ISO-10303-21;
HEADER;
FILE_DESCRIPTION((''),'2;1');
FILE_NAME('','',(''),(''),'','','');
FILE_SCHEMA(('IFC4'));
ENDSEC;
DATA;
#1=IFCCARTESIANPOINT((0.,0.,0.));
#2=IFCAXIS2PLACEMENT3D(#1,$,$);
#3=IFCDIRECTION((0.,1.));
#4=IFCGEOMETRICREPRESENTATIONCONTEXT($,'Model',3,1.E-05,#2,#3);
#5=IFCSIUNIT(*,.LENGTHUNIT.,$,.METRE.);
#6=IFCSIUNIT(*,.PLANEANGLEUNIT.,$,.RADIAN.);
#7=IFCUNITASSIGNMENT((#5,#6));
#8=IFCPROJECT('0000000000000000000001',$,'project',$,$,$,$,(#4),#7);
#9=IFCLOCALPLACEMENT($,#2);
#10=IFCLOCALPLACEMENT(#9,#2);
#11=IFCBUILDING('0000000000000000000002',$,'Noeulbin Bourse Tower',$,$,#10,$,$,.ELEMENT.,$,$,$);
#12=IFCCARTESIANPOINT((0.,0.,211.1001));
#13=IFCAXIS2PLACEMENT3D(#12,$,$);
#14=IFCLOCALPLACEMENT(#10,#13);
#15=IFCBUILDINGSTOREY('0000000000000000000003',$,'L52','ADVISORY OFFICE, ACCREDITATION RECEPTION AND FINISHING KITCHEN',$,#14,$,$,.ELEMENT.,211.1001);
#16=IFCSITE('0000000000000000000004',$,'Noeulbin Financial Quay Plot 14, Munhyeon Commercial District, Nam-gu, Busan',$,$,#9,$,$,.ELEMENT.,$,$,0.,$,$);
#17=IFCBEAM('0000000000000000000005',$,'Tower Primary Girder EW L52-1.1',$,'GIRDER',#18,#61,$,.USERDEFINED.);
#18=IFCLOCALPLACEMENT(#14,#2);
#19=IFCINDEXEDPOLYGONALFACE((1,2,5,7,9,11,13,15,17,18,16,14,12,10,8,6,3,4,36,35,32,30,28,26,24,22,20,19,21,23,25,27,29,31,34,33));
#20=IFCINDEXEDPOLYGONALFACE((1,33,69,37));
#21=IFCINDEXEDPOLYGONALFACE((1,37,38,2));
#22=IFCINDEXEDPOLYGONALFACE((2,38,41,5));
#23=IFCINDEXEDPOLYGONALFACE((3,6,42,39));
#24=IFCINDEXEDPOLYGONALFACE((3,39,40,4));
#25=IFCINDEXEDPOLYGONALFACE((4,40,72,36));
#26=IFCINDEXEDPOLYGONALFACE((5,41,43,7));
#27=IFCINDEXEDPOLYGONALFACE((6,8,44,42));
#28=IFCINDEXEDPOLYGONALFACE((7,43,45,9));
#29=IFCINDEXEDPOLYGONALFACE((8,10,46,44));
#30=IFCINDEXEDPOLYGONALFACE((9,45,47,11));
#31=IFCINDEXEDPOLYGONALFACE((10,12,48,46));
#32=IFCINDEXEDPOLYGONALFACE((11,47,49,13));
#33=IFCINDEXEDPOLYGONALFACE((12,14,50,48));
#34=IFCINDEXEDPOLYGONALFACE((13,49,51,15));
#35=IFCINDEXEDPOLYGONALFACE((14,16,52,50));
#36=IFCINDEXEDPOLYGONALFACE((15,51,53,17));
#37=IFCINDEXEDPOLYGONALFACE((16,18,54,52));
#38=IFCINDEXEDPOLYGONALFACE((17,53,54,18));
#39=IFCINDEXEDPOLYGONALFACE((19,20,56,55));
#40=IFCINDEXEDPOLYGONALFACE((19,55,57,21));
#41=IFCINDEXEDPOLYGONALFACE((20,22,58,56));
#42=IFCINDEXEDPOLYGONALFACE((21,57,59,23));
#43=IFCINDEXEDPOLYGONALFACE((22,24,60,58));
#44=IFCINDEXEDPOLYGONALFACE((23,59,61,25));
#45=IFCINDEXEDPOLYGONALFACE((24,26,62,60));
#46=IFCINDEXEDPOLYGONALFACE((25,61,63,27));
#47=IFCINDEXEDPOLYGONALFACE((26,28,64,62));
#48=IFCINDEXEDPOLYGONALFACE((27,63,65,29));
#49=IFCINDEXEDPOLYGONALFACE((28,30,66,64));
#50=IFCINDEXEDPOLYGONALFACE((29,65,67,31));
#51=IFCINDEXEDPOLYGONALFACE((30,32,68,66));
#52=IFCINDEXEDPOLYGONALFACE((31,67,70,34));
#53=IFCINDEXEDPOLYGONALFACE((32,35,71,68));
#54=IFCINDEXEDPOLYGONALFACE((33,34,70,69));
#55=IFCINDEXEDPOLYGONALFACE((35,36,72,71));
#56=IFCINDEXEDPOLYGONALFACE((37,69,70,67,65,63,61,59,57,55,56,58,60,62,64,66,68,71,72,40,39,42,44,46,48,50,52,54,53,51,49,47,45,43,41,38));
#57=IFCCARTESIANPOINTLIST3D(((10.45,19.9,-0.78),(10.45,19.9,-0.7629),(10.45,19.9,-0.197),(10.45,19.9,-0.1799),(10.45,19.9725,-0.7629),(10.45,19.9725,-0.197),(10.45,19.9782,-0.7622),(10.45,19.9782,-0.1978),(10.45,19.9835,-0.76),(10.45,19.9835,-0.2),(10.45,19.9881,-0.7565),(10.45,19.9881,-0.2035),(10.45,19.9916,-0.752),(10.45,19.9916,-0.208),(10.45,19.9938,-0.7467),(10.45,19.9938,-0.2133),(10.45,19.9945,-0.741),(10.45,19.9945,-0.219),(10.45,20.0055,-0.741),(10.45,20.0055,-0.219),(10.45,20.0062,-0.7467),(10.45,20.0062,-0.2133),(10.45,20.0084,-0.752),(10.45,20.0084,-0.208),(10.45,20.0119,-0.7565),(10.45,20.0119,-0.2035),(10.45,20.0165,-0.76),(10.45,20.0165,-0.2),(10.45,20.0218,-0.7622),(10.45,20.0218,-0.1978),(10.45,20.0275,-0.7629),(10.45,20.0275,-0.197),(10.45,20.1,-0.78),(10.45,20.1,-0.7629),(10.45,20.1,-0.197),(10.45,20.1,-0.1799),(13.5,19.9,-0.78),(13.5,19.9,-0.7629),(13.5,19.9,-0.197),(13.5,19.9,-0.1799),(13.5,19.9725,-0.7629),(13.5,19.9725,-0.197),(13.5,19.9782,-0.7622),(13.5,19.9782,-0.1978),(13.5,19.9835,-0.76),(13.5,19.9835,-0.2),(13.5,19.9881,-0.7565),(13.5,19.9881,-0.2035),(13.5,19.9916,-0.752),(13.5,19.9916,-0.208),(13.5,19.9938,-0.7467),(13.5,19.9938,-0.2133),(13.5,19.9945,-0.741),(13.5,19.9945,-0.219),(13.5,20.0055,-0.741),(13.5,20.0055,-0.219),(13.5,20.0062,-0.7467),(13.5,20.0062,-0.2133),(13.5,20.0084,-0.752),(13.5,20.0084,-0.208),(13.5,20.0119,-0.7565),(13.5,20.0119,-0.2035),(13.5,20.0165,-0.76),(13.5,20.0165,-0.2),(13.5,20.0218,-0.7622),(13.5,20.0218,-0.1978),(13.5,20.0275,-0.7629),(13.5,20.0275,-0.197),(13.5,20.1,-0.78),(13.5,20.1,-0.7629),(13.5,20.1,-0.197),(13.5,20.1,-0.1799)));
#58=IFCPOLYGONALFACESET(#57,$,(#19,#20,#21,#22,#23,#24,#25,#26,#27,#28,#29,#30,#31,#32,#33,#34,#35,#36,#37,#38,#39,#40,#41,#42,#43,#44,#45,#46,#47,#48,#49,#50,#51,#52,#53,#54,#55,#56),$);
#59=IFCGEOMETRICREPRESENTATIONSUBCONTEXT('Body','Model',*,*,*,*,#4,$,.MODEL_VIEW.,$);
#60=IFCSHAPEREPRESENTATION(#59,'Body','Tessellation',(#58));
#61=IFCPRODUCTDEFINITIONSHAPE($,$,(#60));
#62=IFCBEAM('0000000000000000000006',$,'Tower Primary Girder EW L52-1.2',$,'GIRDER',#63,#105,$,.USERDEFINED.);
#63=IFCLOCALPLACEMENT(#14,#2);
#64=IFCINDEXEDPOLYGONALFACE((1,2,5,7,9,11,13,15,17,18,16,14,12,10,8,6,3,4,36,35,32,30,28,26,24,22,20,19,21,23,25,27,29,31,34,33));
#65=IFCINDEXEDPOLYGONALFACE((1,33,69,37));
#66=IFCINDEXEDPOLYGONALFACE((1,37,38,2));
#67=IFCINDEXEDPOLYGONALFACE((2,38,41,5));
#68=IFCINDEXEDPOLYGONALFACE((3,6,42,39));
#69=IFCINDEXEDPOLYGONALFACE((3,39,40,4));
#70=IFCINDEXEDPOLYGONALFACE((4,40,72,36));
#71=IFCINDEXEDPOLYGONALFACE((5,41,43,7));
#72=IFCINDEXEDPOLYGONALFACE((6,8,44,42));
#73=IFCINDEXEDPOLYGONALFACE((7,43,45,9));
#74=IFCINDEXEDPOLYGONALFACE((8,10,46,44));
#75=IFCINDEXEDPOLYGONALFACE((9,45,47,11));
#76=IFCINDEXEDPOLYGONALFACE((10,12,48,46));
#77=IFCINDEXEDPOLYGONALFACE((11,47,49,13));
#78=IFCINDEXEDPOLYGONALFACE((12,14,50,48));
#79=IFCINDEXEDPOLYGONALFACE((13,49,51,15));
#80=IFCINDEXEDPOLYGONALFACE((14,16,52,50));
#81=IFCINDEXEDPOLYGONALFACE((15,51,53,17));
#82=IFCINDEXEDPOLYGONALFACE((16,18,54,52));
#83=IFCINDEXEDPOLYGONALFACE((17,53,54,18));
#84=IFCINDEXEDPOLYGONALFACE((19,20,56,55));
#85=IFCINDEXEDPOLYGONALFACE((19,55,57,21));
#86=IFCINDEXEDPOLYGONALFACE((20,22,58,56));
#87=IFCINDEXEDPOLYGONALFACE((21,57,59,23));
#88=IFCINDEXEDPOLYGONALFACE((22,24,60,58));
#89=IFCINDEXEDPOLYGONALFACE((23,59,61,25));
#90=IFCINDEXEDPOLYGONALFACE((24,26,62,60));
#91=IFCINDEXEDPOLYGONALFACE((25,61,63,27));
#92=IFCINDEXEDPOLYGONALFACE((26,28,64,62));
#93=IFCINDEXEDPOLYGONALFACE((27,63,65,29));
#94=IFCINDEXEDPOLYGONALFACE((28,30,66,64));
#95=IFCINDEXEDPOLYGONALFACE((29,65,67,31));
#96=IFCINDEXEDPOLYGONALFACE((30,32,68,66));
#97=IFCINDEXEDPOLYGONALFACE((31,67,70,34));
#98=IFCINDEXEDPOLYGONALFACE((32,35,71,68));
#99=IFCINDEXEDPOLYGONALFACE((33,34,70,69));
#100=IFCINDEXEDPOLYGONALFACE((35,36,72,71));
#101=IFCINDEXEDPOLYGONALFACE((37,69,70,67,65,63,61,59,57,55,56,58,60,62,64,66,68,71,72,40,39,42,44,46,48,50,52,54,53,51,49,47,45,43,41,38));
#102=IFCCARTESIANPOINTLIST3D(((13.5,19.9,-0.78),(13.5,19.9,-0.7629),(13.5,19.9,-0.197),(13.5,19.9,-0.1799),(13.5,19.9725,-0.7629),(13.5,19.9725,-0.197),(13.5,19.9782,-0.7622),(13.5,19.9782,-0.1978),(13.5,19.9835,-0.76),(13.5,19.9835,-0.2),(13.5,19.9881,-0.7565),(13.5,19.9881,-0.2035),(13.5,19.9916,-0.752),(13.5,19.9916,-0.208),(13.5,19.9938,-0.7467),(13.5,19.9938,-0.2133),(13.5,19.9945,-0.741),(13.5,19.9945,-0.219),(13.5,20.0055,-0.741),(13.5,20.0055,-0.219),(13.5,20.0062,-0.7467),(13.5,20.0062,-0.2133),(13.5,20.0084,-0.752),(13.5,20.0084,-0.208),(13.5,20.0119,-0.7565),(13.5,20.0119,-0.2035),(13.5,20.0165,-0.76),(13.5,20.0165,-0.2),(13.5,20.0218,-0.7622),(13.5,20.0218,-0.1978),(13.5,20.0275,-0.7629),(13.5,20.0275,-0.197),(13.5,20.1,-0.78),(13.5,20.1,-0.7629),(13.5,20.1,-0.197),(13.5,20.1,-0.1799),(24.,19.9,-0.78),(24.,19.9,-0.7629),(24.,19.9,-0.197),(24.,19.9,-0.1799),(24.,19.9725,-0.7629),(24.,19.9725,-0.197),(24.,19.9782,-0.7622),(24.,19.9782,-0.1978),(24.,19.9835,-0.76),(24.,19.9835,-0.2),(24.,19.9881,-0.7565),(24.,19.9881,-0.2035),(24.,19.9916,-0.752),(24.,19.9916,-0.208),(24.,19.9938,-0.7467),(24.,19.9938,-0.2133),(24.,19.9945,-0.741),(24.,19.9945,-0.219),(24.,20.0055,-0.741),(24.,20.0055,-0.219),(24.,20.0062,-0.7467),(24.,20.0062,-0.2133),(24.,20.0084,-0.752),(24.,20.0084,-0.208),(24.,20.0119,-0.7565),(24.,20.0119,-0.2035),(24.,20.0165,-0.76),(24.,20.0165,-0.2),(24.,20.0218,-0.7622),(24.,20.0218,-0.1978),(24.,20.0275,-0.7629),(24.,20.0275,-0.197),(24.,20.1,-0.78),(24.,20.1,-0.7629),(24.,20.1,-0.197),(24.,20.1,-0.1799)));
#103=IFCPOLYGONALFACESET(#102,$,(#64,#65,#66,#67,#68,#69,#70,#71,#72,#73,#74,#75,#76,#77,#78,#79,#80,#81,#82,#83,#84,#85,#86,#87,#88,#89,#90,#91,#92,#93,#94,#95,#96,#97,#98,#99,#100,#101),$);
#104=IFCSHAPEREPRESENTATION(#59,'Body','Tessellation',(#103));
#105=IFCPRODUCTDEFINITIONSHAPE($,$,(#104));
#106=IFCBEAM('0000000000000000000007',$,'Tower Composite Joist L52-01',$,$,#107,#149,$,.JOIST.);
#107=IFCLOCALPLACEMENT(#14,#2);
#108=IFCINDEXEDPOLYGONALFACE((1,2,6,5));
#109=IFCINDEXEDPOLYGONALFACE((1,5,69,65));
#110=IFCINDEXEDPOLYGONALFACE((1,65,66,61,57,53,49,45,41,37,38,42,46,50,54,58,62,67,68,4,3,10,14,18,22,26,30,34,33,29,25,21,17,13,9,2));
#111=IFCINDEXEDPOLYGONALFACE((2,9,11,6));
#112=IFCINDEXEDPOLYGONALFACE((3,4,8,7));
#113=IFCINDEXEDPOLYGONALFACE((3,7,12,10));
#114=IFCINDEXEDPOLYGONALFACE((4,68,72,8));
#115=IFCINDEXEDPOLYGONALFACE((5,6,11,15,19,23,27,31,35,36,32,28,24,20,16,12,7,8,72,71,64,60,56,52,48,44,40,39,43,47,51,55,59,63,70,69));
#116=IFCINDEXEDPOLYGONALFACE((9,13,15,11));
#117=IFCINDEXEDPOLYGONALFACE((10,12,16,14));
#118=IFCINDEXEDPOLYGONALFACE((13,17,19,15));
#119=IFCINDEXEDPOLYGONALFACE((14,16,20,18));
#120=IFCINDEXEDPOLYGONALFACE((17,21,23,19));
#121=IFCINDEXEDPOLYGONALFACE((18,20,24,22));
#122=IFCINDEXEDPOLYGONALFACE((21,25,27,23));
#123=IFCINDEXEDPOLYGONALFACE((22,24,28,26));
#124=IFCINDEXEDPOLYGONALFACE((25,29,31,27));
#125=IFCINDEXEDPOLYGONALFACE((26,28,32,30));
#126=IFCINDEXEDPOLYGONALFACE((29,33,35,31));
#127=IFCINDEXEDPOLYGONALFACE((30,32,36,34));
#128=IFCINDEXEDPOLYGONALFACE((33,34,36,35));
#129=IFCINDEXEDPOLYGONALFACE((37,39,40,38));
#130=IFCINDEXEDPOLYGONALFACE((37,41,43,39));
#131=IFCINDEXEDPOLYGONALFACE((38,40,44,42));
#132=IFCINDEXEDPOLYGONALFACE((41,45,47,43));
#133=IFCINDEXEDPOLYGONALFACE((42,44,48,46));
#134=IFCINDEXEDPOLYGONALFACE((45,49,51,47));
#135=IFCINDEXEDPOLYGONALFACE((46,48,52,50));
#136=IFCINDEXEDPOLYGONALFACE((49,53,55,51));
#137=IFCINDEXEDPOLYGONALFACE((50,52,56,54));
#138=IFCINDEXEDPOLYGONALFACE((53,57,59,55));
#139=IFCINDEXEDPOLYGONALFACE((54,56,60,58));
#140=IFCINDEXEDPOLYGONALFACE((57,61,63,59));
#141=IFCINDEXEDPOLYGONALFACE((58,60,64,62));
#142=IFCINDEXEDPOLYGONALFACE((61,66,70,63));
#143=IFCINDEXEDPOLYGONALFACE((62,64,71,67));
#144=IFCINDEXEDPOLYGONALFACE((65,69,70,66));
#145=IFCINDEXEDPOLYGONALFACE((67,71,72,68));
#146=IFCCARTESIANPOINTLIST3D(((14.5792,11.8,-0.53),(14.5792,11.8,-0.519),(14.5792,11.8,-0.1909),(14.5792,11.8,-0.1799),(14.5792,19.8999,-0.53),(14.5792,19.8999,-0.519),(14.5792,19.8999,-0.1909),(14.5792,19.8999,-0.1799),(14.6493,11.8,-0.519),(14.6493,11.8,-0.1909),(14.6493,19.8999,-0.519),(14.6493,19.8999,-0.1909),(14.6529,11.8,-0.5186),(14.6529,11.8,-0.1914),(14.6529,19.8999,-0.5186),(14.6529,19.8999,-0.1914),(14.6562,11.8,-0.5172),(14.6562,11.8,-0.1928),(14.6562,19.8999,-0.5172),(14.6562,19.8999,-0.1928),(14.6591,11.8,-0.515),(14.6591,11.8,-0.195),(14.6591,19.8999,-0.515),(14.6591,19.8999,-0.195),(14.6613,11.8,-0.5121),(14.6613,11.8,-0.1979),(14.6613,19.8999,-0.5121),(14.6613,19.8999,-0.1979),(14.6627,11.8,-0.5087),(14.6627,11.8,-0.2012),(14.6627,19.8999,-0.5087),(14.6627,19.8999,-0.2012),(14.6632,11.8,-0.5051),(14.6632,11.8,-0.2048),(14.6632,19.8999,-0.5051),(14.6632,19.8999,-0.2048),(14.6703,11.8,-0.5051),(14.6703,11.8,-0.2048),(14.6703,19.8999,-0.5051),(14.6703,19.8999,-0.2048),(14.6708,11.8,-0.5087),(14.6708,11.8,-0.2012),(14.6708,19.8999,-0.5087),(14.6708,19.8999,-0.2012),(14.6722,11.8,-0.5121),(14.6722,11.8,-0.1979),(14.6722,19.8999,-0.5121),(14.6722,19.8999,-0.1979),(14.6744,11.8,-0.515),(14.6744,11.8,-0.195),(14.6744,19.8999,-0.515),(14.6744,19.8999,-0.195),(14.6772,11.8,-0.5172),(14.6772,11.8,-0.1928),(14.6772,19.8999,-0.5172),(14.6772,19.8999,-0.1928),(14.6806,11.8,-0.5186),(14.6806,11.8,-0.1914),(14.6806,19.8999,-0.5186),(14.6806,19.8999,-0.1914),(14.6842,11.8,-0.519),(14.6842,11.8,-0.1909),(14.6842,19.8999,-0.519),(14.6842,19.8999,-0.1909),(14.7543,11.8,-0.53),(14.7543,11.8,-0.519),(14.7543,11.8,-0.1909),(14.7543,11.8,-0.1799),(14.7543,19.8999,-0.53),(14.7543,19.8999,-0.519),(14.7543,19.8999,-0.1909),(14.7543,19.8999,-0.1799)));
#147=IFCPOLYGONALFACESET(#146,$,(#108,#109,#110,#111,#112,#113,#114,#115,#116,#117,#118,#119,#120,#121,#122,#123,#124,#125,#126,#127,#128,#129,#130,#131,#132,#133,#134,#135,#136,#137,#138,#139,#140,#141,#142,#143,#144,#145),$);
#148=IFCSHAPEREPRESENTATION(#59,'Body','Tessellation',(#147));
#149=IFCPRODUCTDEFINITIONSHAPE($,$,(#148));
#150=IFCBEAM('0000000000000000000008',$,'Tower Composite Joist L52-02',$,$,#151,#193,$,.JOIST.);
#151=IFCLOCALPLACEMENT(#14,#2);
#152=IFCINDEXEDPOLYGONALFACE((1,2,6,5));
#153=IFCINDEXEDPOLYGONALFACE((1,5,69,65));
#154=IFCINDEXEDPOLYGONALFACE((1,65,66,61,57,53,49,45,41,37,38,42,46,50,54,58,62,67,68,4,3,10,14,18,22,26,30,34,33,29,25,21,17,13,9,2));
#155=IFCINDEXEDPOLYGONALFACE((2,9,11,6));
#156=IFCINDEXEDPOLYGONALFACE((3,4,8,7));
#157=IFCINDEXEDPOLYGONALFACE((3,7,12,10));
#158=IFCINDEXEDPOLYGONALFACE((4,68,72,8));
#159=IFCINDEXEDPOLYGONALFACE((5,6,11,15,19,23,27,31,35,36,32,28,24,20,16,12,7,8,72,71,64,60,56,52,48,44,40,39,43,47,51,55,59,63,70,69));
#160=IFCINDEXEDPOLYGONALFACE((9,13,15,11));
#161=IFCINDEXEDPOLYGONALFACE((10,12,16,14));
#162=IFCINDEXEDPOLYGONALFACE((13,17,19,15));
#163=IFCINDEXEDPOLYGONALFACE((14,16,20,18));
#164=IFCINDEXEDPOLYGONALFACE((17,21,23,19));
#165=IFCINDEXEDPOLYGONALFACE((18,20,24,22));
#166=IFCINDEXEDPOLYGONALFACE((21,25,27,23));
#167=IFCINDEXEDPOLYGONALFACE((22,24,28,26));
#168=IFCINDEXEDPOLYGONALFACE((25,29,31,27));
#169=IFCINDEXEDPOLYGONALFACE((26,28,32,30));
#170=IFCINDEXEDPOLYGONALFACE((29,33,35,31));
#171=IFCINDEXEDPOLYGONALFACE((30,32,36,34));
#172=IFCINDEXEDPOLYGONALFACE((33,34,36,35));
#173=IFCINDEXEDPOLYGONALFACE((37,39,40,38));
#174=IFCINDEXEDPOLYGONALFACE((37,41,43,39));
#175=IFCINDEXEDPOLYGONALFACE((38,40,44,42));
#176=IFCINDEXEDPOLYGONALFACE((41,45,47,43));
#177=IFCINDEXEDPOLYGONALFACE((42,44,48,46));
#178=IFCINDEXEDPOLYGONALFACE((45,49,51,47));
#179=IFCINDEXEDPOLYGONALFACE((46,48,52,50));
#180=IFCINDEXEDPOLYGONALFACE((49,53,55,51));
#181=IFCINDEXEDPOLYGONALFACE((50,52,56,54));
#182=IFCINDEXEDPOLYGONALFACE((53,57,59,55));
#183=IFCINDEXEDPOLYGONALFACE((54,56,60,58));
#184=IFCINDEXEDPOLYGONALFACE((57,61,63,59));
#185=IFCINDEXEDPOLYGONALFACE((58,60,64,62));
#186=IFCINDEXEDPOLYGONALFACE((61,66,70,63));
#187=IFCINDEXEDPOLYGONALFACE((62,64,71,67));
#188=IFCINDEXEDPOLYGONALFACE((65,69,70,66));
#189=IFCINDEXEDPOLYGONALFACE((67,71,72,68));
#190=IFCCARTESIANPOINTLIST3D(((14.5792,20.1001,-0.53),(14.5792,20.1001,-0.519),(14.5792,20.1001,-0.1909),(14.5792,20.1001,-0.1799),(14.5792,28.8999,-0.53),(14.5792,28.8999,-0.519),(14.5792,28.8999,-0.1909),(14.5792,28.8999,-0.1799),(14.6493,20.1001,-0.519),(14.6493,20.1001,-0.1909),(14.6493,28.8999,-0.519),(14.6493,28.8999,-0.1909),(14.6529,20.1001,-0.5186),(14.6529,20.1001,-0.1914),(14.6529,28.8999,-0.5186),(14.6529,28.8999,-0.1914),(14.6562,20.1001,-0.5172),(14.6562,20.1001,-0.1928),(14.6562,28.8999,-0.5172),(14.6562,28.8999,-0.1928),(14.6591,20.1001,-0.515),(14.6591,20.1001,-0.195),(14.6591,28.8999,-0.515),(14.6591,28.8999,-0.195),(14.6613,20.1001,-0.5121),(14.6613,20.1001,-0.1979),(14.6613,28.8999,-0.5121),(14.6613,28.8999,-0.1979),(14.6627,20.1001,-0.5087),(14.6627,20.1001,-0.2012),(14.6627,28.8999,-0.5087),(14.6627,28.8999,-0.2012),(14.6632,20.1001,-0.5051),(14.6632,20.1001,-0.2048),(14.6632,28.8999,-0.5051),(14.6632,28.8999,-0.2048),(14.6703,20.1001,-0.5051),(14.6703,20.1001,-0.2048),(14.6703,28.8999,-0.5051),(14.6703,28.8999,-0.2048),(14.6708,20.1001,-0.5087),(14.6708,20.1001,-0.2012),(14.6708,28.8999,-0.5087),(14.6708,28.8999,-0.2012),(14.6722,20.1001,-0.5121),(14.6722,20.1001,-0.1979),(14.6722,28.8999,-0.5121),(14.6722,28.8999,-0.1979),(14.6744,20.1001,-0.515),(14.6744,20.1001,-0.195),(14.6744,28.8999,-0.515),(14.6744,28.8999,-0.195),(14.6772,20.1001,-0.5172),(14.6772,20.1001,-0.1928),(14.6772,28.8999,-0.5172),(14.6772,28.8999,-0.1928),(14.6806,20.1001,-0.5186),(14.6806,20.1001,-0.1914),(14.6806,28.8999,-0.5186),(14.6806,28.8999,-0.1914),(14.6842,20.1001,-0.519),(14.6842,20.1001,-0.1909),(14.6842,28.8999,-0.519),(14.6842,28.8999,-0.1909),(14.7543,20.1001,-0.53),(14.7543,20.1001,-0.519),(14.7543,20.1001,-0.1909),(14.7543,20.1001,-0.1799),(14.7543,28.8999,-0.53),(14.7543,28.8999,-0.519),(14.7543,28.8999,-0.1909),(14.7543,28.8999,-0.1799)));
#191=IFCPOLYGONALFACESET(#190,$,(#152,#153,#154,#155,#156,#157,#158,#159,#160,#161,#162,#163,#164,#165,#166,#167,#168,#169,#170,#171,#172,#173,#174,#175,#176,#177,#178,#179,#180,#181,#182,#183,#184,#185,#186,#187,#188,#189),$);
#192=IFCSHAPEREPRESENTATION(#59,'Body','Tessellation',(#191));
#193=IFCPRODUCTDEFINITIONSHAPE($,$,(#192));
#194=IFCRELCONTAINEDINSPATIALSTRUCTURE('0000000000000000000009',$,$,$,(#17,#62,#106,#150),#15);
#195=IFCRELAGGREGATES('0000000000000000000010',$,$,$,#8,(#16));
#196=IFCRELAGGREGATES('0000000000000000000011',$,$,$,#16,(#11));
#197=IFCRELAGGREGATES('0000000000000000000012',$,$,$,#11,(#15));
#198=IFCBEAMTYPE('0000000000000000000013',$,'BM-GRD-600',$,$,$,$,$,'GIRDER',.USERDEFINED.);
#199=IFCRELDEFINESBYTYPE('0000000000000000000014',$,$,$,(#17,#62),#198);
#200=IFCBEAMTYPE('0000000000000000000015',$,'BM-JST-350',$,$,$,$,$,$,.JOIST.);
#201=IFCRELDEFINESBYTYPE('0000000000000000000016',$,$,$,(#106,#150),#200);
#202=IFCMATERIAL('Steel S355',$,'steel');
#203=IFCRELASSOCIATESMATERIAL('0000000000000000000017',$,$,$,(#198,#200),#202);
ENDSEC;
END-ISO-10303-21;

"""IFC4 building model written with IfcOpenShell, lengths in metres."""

from ifc_helpers import new_model, si_unit, direction, frame, origin, origin_2d, place, context, subcontext, project, spatial, i_section, extrude, material, material_profile, profile_set, type_object, element, save


model = new_model("IFC4")

# Units and contexts
model_context = context("Model", 3, precision=1e-05, world=origin(), true_north=direction((0.0, 1.0)))
body_context = subcontext(model_context, "Body", "Model", "MODEL_VIEW")
ifc_project = project(units=[si_unit("LENGTHUNIT", "METRE"), si_unit("PLANEANGLEUNIT", "RADIAN")], contexts=[model_context])

# Site, building, storey
site_placement = place(None, origin())
site = spatial("IfcSite", under=ifc_project, at=site_placement, Name="Noeulbin Financial Quay Plot 14, Munhyeon Commercial District, Nam-gu, Busan", CompositionType="ELEMENT", RefElevation=0.0)
building_placement = place(site_placement, origin())
building = spatial("IfcBuilding", under=site, at=building_placement, Name="Noeulbin Bourse Tower", CompositionType="ELEMENT")
storey_placement = place(building_placement, frame((0.0, 0.0, 211.1001)))
storey = spatial("IfcBuildingStorey", under=building, at=storey_placement, Name="L52", Description="ADVISORY OFFICE, ACCREDITATION RECEPTION AND FINISHING KITCHEN", CompositionType="ELEMENT", Elevation=211.1001)

# Shared definitions
ifc_material_1 = material(Name="Steel S355", Category="steel")

# Beams
ifc_material_profile_1 = material_profile(ifc_material_1, i_section(OverallWidth=0.2, OverallDepth=0.6001, WebThickness=0.011, FlangeThickness=0.0171, FilletRadius=0.022, at=origin_2d()), Name="H-600x200x11x17", Category="LoadBearing")
ifc_profile_set_1 = profile_set([ifc_material_profile_1], Name="Steel S355")
beam_type_1 = type_object("IfcBeamType", Name="BM-GRD-600", ElementType="GIRDER", PredefinedType="USERDEFINED", material=ifc_profile_set_1)
beam_1_placement = place(storey_placement, frame((10.45, 20.0, -0.48), z_axis=(1.0, 0.0, 0.0), x_axis=(0.0, 1.0, 0.0)))
element("IfcBeam", 1, at=beam_1_placement, inside=storey, type_object=beam_type_1, Name="Tower Primary Girder EW L52-1.1", ObjectType="GIRDER", PredefinedType="USERDEFINED", context=body_context, shape_type="SweptSolid", body=[
    extrude(i_section(OverallWidth=0.2, OverallDepth=0.6001, WebThickness=0.011, FlangeThickness=0.0171, FilletRadius=0.022, at=origin_2d()), origin(), (0.0, 0.0, 1.0), 3.05),
])
beam_2_placement = place(storey_placement, frame((13.5, 20.0, -0.48), z_axis=(1.0, 0.0, 0.0), x_axis=(0.0, 1.0, 0.0)))
element("IfcBeam", 2, at=beam_2_placement, inside=storey, type_object=beam_type_1, Name="Tower Primary Girder EW L52-1.2", ObjectType="GIRDER", PredefinedType="USERDEFINED", context=body_context, shape_type="SweptSolid", body=[
    extrude(i_section(OverallWidth=0.2, OverallDepth=0.6001, WebThickness=0.011, FlangeThickness=0.0171, FilletRadius=0.022, at=origin_2d()), origin(), (0.0, 0.0, 1.0), 10.5),
])
ifc_material_profile_2 = material_profile(ifc_material_1, i_section(OverallWidth=0.175, OverallDepth=0.3501, WebThickness=0.0071, FlangeThickness=0.011, FilletRadius=0.0139, at=origin_2d()), Name="H-350x175x7x11", Category="LoadBearing")
ifc_profile_set_2 = profile_set([ifc_material_profile_2], Name="Steel S355")
beam_type_2 = type_object("IfcBeamType", Name="BM-JST-350", PredefinedType="JOIST", material=ifc_profile_set_2)
beam_3_placement = place(storey_placement, frame((14.6667, 11.8, -0.355), z_axis=(0.0, 1.0, 0.0), x_axis=(-1.0, 0.0, 0.0)))
element("IfcBeam", 3, at=beam_3_placement, inside=storey, type_object=beam_type_2, Name="Tower Composite Joist L52-01", PredefinedType="JOIST", context=body_context, shape_type="SweptSolid", body=[
    extrude(i_section(OverallWidth=0.175, OverallDepth=0.3501, WebThickness=0.0071, FlangeThickness=0.011, FilletRadius=0.0139, at=origin_2d()), origin(), (0.0, 0.0, 1.0), 8.0999),
])
beam_4_placement = place(storey_placement, frame((14.6667, 20.1001, -0.355), z_axis=(0.0, 1.0, 0.0), x_axis=(-1.0, 0.0, 0.0)))
element("IfcBeam", 4, at=beam_4_placement, inside=storey, type_object=beam_type_2, Name="Tower Composite Joist L52-02", PredefinedType="JOIST", context=body_context, shape_type="SweptSolid", body=[
    extrude(i_section(OverallWidth=0.175, OverallDepth=0.3501, WebThickness=0.0071, FlangeThickness=0.011, FilletRadius=0.0139, at=origin_2d()), origin(), (0.0, 0.0, 1.0), 8.7998),
])

save(model, "model.ifc")
